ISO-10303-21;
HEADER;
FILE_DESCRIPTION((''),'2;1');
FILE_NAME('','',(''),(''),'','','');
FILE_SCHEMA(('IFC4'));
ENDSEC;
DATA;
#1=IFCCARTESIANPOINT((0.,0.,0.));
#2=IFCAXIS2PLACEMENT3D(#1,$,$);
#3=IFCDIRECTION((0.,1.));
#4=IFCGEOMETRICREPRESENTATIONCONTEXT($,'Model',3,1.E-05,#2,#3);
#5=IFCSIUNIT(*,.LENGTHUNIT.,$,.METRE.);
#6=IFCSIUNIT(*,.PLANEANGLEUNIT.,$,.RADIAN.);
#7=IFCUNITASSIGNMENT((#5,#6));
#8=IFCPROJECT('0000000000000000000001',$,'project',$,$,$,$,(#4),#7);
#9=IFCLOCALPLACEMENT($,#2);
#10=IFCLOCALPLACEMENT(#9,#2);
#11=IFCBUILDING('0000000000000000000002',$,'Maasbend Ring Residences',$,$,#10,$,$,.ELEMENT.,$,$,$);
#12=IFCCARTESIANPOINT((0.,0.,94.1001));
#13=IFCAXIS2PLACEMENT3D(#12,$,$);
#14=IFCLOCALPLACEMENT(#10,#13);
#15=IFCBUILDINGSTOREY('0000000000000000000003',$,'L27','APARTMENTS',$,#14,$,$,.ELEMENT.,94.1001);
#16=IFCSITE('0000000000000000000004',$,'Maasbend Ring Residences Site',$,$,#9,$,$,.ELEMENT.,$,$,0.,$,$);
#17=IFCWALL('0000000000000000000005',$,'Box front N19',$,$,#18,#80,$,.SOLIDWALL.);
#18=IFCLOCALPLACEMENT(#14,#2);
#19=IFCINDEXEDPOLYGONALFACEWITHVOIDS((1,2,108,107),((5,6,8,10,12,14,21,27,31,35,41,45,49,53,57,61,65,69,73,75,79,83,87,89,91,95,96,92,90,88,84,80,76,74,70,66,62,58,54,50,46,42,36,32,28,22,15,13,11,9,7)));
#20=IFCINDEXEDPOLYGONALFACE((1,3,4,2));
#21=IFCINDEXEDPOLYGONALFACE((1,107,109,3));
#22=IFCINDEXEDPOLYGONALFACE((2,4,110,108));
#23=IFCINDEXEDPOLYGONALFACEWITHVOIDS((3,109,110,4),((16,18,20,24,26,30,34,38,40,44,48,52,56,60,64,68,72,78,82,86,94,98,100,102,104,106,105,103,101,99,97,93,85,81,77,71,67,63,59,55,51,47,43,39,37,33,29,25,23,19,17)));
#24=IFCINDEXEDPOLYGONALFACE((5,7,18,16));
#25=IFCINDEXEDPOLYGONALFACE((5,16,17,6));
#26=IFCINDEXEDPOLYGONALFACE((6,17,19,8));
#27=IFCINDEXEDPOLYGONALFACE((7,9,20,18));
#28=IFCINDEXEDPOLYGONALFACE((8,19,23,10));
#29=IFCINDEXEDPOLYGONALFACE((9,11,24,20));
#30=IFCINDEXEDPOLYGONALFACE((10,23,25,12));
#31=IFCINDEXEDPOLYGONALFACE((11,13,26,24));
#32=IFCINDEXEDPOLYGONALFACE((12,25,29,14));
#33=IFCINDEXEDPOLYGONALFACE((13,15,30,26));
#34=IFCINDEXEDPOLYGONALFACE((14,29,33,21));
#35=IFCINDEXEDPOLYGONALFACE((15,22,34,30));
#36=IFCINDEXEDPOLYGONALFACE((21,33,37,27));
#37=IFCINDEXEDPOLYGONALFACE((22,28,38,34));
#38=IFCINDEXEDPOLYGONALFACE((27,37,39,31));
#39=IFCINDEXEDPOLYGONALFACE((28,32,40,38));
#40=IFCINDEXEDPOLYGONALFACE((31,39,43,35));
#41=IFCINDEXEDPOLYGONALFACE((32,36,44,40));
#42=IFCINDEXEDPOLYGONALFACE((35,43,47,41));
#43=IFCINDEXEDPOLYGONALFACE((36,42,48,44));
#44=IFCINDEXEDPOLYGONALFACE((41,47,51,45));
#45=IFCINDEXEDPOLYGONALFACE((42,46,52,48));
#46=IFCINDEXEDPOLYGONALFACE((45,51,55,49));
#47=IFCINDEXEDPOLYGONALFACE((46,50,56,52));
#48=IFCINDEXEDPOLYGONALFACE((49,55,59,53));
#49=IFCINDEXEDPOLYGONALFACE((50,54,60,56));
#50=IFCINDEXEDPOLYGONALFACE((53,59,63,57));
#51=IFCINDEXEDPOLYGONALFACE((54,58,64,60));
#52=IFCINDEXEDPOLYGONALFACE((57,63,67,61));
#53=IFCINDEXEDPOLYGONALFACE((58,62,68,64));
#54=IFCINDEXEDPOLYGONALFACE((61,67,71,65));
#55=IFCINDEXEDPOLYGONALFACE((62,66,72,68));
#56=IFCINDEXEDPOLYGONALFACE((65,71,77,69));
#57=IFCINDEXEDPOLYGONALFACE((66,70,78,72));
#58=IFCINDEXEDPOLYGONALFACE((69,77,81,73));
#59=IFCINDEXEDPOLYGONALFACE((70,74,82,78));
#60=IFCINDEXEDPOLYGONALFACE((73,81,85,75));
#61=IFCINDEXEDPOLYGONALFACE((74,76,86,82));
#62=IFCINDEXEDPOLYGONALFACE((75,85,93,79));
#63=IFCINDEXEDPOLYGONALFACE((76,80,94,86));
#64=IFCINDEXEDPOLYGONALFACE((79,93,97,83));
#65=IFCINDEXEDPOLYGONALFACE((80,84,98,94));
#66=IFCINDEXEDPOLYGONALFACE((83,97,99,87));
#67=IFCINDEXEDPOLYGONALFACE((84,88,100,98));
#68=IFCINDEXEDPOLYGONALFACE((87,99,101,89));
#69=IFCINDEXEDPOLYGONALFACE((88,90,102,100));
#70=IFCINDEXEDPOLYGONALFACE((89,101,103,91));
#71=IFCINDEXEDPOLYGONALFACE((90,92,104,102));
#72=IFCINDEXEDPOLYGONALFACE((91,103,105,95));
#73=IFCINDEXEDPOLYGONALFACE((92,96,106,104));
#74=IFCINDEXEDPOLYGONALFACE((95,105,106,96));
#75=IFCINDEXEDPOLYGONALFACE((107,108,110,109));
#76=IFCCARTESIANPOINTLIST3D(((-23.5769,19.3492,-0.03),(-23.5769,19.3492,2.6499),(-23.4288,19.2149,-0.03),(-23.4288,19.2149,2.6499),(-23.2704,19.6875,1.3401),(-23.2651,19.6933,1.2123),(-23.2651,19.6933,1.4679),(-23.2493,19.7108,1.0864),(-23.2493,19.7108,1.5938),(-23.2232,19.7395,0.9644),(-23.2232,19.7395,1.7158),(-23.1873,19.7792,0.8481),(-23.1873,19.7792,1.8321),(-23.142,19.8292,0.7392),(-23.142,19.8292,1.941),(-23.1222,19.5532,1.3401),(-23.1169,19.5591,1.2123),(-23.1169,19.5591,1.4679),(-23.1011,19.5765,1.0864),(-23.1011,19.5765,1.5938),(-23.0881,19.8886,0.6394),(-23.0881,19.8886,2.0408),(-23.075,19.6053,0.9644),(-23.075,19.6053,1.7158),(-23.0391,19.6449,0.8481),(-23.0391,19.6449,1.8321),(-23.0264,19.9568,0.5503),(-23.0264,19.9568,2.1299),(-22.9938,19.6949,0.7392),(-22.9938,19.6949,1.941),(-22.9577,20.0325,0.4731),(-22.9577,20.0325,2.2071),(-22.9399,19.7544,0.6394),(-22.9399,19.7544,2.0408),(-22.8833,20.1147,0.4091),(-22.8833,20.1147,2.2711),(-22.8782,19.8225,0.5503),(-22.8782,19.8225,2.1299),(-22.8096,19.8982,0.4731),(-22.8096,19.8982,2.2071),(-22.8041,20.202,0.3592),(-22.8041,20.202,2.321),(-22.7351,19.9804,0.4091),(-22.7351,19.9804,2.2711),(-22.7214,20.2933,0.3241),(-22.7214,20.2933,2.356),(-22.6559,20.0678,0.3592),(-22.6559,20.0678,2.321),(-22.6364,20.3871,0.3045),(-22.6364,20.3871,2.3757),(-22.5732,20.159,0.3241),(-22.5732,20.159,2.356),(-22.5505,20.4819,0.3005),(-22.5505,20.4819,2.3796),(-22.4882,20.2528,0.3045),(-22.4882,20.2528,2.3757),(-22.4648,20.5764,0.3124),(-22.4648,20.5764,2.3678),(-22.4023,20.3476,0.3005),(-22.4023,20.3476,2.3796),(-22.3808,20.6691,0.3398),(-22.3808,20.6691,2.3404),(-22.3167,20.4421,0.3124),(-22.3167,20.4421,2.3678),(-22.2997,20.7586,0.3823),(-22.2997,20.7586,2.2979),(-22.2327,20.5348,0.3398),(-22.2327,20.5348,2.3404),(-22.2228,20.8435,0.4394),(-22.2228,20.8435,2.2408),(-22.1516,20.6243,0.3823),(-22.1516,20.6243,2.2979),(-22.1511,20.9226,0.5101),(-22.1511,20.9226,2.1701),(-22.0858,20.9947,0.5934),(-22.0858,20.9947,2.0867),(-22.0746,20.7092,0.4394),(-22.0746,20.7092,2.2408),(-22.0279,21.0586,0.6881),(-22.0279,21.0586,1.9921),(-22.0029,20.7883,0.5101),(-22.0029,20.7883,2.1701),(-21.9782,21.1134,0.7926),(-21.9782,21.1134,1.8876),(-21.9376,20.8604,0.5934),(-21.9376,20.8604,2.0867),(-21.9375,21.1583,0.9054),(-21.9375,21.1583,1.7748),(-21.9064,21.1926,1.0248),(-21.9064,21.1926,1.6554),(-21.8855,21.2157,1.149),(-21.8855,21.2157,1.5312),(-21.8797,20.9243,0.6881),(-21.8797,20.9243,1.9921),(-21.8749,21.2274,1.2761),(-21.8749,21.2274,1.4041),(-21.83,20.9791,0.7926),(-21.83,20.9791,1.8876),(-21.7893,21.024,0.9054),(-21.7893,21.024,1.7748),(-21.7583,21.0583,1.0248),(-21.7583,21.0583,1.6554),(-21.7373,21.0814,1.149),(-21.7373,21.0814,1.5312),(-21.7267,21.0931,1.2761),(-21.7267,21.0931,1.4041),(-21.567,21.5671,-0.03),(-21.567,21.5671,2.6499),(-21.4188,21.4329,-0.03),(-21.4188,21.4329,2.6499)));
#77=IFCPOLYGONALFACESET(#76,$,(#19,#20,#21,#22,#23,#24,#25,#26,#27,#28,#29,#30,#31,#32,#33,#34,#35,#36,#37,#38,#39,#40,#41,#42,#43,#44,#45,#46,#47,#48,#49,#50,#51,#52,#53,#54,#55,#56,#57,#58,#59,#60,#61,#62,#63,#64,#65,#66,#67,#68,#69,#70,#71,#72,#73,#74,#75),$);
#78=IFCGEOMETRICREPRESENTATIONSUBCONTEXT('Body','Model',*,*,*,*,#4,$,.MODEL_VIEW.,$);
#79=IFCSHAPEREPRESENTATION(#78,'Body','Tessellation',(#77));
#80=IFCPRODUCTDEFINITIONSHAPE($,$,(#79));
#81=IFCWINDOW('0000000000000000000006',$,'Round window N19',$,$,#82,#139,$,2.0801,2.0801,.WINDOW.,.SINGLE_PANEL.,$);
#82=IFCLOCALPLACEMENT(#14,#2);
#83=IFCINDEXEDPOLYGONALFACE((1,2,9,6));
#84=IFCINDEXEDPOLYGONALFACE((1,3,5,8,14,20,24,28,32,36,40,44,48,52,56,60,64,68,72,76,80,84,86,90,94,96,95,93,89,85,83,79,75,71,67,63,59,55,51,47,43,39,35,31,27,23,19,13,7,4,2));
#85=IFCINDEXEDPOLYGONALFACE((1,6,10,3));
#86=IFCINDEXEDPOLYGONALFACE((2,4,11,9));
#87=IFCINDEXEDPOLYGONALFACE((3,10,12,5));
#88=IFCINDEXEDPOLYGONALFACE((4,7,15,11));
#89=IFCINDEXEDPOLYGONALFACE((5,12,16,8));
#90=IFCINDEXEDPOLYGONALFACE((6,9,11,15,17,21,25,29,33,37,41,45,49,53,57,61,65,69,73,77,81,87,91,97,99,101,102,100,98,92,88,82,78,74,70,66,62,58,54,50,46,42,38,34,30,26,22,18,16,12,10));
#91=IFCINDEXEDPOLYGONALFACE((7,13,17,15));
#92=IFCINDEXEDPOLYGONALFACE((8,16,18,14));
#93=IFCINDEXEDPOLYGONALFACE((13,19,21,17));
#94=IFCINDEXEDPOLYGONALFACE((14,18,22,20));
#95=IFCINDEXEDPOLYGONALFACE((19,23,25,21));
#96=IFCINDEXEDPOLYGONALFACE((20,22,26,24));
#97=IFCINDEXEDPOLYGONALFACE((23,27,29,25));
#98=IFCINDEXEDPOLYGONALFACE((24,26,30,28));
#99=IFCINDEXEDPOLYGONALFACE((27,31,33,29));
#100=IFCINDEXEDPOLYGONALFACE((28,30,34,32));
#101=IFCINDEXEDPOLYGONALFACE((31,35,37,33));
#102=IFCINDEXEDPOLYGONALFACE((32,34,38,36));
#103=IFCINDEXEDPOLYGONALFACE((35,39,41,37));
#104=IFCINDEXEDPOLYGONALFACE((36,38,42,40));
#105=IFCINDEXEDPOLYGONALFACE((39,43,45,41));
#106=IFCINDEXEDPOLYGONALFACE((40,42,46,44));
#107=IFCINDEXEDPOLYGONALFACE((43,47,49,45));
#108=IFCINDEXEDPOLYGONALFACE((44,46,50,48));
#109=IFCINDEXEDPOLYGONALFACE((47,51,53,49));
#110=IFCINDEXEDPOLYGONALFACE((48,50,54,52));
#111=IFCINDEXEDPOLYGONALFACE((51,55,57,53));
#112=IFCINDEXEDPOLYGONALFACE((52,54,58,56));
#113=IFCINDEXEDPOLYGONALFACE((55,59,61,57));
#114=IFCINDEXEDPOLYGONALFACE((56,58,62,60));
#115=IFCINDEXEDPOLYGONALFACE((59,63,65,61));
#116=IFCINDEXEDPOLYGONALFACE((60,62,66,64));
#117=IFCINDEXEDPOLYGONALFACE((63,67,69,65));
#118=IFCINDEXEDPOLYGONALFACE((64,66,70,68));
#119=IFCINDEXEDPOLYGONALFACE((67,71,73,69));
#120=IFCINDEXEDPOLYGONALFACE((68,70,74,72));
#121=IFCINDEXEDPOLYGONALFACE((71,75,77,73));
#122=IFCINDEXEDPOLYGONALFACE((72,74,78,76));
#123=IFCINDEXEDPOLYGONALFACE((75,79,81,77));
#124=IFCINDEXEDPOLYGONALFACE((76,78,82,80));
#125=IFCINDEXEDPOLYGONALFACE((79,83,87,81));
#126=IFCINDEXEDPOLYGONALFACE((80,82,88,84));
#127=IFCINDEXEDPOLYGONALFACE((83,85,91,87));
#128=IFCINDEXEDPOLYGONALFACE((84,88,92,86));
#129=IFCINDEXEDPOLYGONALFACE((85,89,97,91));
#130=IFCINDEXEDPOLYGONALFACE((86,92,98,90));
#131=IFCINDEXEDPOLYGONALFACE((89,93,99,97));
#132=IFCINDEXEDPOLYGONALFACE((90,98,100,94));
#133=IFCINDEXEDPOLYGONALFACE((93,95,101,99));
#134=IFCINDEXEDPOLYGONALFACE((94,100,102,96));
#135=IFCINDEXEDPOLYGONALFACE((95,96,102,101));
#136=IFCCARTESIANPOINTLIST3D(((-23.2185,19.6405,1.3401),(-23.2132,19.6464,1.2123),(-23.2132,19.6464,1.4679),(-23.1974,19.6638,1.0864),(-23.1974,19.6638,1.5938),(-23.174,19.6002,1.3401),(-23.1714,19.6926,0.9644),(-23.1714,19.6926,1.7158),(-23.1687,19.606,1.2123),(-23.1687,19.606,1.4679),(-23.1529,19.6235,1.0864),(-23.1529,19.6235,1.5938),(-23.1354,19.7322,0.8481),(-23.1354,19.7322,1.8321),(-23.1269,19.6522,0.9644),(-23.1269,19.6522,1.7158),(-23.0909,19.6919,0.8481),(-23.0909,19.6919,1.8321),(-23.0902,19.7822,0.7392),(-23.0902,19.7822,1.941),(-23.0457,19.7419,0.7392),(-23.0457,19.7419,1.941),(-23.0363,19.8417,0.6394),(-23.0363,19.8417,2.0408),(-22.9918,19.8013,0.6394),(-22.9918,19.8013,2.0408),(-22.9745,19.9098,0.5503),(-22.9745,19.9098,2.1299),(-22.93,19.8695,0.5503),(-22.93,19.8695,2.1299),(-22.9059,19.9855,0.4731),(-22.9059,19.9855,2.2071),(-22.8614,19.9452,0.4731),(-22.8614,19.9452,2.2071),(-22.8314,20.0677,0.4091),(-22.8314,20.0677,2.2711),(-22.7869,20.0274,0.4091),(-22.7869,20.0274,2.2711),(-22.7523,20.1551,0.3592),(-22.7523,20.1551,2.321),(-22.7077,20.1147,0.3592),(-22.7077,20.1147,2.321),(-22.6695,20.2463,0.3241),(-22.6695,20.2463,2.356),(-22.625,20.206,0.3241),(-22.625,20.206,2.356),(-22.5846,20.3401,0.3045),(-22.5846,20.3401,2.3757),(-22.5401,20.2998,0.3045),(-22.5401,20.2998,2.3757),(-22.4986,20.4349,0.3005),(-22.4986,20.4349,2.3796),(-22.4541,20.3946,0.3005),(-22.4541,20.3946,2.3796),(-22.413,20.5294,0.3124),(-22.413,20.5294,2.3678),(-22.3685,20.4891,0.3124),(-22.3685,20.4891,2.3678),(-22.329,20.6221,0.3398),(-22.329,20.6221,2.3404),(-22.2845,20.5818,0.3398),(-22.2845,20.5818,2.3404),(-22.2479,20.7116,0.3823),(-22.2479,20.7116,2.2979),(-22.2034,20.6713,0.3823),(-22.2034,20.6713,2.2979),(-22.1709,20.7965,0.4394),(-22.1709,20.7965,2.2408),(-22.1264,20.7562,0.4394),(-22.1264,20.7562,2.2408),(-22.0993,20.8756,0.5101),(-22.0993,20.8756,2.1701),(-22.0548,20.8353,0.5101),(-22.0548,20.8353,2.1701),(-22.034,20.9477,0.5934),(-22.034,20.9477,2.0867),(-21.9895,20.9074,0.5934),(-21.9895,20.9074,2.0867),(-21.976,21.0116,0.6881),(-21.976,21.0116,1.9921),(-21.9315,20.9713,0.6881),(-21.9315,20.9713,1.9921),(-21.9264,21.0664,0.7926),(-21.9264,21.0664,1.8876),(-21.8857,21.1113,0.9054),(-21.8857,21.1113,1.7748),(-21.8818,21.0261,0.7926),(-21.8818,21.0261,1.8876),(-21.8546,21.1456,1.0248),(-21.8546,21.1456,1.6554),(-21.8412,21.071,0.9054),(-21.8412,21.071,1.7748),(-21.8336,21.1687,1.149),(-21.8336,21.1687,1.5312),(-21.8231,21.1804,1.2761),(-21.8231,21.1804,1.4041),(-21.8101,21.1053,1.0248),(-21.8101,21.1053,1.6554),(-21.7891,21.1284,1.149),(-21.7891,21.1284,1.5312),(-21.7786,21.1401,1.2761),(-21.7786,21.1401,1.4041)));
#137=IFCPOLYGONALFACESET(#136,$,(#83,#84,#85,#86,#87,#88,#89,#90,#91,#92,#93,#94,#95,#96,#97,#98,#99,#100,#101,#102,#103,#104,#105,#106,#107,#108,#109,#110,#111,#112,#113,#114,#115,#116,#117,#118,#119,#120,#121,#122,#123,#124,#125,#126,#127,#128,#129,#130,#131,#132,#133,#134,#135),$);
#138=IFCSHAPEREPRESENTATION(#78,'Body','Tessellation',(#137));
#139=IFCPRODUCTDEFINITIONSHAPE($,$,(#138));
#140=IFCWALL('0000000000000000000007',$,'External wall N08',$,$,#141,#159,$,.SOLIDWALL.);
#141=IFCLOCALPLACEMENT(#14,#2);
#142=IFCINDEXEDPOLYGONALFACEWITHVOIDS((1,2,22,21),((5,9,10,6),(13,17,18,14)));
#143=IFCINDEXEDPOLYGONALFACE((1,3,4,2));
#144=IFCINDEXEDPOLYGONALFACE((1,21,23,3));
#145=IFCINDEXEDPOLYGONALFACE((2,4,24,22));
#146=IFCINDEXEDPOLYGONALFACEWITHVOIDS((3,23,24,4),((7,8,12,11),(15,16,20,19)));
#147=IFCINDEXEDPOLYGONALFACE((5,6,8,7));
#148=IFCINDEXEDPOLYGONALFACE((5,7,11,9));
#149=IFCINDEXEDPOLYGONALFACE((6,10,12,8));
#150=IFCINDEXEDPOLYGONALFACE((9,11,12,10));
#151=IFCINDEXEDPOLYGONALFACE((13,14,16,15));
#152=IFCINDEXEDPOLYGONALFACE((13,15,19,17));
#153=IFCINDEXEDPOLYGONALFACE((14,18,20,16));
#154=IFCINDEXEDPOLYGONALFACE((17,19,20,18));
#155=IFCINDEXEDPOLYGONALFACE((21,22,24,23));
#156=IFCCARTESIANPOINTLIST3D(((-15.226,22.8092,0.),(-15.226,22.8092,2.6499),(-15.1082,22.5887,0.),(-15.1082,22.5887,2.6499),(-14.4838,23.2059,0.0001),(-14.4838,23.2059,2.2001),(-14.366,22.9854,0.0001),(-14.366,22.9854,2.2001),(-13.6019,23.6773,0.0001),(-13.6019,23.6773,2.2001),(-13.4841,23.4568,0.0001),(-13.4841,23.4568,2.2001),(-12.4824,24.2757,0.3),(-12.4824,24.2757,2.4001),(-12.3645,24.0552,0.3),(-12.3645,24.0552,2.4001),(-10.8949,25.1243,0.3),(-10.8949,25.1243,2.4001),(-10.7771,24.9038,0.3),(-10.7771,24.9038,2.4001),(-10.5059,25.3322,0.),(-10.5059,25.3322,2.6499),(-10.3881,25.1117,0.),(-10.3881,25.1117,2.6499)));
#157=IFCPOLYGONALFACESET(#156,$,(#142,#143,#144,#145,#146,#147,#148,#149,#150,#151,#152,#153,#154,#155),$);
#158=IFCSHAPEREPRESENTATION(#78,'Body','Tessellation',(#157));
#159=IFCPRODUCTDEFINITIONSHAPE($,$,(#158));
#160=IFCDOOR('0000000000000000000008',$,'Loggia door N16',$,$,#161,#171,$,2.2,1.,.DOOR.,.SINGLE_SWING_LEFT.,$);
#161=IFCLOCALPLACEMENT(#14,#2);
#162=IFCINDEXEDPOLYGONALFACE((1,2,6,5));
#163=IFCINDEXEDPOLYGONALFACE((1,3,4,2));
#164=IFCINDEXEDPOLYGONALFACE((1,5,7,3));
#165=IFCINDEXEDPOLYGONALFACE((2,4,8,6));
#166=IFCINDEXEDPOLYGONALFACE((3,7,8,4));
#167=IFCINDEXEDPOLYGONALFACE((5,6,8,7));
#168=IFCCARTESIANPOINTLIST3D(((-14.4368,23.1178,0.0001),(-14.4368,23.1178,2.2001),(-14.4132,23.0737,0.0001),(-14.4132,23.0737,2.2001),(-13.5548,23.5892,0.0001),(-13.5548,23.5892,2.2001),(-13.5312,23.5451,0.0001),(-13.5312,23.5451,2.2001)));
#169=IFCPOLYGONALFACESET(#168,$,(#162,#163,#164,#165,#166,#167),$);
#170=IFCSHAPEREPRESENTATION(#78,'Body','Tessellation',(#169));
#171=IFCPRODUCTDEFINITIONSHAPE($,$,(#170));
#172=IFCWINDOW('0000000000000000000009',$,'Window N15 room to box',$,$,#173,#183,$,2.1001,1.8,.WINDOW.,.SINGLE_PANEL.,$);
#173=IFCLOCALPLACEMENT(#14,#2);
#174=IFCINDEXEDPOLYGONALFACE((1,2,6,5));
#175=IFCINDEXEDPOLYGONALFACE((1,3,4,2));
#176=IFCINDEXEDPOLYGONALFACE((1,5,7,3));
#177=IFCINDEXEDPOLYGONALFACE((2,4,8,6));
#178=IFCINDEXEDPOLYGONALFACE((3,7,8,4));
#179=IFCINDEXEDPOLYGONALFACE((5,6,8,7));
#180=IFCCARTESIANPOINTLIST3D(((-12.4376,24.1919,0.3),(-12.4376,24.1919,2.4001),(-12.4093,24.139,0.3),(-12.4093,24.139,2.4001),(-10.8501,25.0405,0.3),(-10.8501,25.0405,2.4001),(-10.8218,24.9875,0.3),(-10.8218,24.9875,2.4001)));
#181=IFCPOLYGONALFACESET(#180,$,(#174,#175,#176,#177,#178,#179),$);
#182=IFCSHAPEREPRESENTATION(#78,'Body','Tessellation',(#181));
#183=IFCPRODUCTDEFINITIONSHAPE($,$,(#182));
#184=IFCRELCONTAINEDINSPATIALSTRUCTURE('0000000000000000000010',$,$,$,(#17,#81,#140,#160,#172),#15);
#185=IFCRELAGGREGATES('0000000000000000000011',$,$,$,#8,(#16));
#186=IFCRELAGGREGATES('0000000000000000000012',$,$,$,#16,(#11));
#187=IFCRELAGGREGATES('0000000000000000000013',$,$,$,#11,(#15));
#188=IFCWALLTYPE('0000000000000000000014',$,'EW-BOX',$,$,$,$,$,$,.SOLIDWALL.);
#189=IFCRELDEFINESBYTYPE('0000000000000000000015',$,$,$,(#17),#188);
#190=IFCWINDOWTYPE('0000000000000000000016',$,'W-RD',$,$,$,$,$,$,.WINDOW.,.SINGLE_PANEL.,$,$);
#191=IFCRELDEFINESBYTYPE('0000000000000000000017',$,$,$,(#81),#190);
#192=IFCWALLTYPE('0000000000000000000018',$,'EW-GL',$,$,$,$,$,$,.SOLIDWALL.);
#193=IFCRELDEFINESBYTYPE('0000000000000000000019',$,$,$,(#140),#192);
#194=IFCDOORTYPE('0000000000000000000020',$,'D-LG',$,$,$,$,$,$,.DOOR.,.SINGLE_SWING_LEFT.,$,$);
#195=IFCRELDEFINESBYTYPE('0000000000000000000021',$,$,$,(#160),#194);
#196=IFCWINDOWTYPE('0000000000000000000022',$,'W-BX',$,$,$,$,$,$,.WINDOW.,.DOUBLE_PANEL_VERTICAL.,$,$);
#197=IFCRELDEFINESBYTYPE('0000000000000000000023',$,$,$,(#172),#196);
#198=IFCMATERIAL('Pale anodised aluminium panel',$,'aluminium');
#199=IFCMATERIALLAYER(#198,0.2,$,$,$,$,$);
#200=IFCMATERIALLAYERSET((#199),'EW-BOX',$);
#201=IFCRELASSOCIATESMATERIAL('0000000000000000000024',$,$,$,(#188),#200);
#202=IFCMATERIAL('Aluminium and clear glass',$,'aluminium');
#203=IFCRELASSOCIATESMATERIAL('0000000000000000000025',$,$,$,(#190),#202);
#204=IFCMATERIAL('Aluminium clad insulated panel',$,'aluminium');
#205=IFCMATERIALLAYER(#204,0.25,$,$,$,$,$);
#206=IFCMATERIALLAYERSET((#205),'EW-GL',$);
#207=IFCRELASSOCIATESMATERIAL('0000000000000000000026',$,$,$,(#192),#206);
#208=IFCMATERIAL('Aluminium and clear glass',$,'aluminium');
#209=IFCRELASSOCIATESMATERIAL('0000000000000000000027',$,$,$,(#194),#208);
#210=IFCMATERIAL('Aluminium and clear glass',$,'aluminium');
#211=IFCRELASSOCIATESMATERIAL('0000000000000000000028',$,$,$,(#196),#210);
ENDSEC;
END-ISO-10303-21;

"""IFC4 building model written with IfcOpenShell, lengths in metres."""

from ifc_helpers import new_model, si_unit, direction, frame, frame_2d, origin, place, context, subcontext, project, spatial, rectangle, circle, extrude, material, layer, layer_set, type_object, element, fill, save


model = new_model("IFC4")

# Units and contexts
model_context = context("Model", 3, precision=1e-05, world=origin(), true_north=direction((0.0, 1.0)))
body_context = subcontext(model_context, "Body", "Model", "MODEL_VIEW")
ifc_project = project(units=[si_unit("LENGTHUNIT", "METRE"), si_unit("PLANEANGLEUNIT", "RADIAN")], contexts=[model_context])

# Site, building, storey
site_placement = place(None, origin())
site = spatial("IfcSite", under=ifc_project, at=site_placement, Name="Maasbend Ring Residences Site", CompositionType="ELEMENT", RefElevation=0.0)
building_placement = place(site_placement, origin())
building = spatial("IfcBuilding", under=site, at=building_placement, Name="Maasbend Ring Residences", CompositionType="ELEMENT")
storey_placement = place(building_placement, frame((0.0, 0.0, 94.1001)))
storey = spatial("IfcBuildingStorey", under=building, at=storey_placement, Name="L27", Description="APARTMENTS", CompositionType="ELEMENT", Elevation=94.1001)

# Shared definitions
ifc_material_1 = material(Name="Pale anodised aluminium panel", Category="aluminium")
ifc_layer_1 = layer(ifc_material_1, 0.2)
ifc_layer_set_1 = layer_set([ifc_layer_1], Name="EW-BOX")
wall_type_1 = type_object("IfcWallType", Name="EW-BOX", PredefinedType="SOLIDWALL", material=ifc_layer_set_1)
ifc_material_2 = material(Name="Aluminium and clear glass", Category="aluminium")
window_type_1 = type_object("IfcWindowType", Name="W-RD", PartitioningType="SINGLE_PANEL", PredefinedType="WINDOW", material=ifc_material_2)

# Wall, opening, window
wall_1_placement = place(storey_placement, frame((-21.4929, 21.5, -0.03), z_axis=(0.0, 0.0, 1.0), x_axis=(-0.671507, -0.740998, 0.0)))
wall_1 = element("IfcWall", 1, at=wall_1_placement, inside=storey, type_object=wall_type_1, Name="Box front N19", PredefinedType="SOLIDWALL", context=body_context, shape_type="SweptSolid", body=[
    extrude(rectangle(XDim=2.9932, YDim=0.2, at=frame_2d((1.4966, 0.0))), origin(), (0.0, 0.0, 1.0), 2.6799),
])
opening_1_placement = place(wall_1_placement, frame((0.4565, 0.0, 0.3301)))
opening_1 = element("IfcOpeningElement", 2, at=opening_1_placement, cuts=wall_1, PredefinedType="OPENING", context=body_context, shape_type="SweptSolid", body=[
    extrude(circle(Radius=1.04, at=frame_2d((1.04, 1.04))), frame((0.0, 0.1099, 0.0), z_axis=(0.0, -1.0, 0.0), x_axis=(1.0, 0.0, 0.0)), (0.0, 0.0, 1.0), 0.22),
])
window_1_placement = place(opening_1_placement, origin())
window_1 = element("IfcWindow", 3, at=window_1_placement, inside=storey, type_object=window_type_1, Name="Round window N19", OverallHeight=2.0801, OverallWidth=2.0801, PartitioningType="SINGLE_PANEL", PredefinedType="WINDOW", context=body_context, shape_type="SweptSolid", body=[
    extrude(circle(Radius=1.04, at=frame_2d((1.04, 1.04))), frame((0.0, 0.03, 0.0), z_axis=(0.0, -1.0, 0.0), x_axis=(1.0, 0.0, 0.0)), (0.0, 0.0, 1.0), 0.0601),
])
fill(opening_1, window_1)

# Wall, openings, door, window
ifc_material_3 = material(Name="Aluminium clad insulated panel", Category="aluminium")
ifc_layer_2 = layer(ifc_material_3, 0.25)
ifc_layer_set_2 = layer_set([ifc_layer_2], Name="EW-GL")
wall_type_2 = type_object("IfcWallType", Name="EW-GL", PredefinedType="SOLIDWALL", material=ifc_layer_set_2)
wall_2_placement = place(storey_placement, frame((-10.447, 25.2219, 0.0), z_axis=(0.0, 0.0, 1.0), x_axis=(-0.881916, -0.471407, 0.0)))
wall_2 = element("IfcWall", 4, at=wall_2_placement, inside=storey, type_object=wall_type_2, Name="External wall N08", PredefinedType="SOLIDWALL", context=body_context, shape_type="SweptSolid", body=[
    extrude(rectangle(XDim=5.3521, YDim=0.25, at=frame_2d((2.676, 0.0))), origin(), (0.0, 0.0, 1.0), 2.6499),
])
opening_2_placement = place(wall_2_placement, frame((0.4412, 0.0, 0.3)))
opening_2 = element("IfcOpeningElement", 5, at=opening_2_placement, cuts=wall_2, PredefinedType="OPENING", context=body_context, shape_type="SweptSolid", body=[
    extrude(rectangle(XDim=1.8, YDim=2.1001, at=frame_2d((0.8999, 1.05))), frame((0.0, 0.135, 0.0), z_axis=(0.0, -1.0, 0.0), x_axis=(1.0, 0.0, 0.0)), (0.0, 0.0, 1.0), 0.27),
])
opening_3_placement = place(wall_2_placement, frame((3.5105, 0.0, 0.0)))
opening_3 = element("IfcOpeningElement", 6, at=opening_3_placement, cuts=wall_2, PredefinedType="OPENING", context=body_context, shape_type="SweptSolid", body=[
    extrude(rectangle(XDim=1.0, YDim=2.2, at=frame_2d((0.5, 1.1001))), frame((0.0, 0.135, 0.0), z_axis=(0.0, -1.0, 0.0), x_axis=(1.0, 0.0, 0.0)), (0.0, 0.0, 1.0), 0.27),
])
ifc_material_4 = material(Name="Aluminium and clear glass", Category="aluminium")
door_type_1 = type_object("IfcDoorType", Name="D-LG", OperationType="SINGLE_SWING_LEFT", PredefinedType="DOOR", material=ifc_material_4)
door_1_placement = place(opening_3_placement, origin())
door_1 = element("IfcDoor", 7, at=door_1_placement, inside=storey, type_object=door_type_1, Name="Loggia door N16", OperationType="SINGLE_SWING_LEFT", OverallHeight=2.2, OverallWidth=1.0, PredefinedType="DOOR", context=body_context, shape_type="SweptSolid", body=[
    extrude(rectangle(XDim=1.0, YDim=2.2, at=frame_2d((0.5, 1.1001))), frame((0.0, 0.0249, 0.0), z_axis=(0.0, -1.0, 0.0), x_axis=(1.0, 0.0, 0.0)), (0.0, 0.0, 1.0), 0.05),
])
fill(opening_3, door_1)
ifc_material_5 = material(Name="Aluminium and clear glass", Category="aluminium")
window_type_2 = type_object("IfcWindowType", Name="W-BX", PartitioningType="DOUBLE_PANEL_VERTICAL", PredefinedType="WINDOW", material=ifc_material_5)
window_2_placement = place(opening_2_placement, origin())
window_2 = element("IfcWindow", 8, at=window_2_placement, inside=storey, type_object=window_type_2, Name="Window N15 room to box", OverallHeight=2.1001, OverallWidth=1.8, PartitioningType="SINGLE_PANEL", PredefinedType="WINDOW", context=body_context, shape_type="SweptSolid", body=[
    extrude(rectangle(XDim=1.8, YDim=2.1001, at=frame_2d((0.8999, 1.05))), frame((0.0, 0.03, 0.0), z_axis=(0.0, -1.0, 0.0), x_axis=(1.0, 0.0, 0.0)), (0.0, 0.0, 1.0), 0.0601),
])
fill(opening_2, window_2)

save(model, "model.ifc")
